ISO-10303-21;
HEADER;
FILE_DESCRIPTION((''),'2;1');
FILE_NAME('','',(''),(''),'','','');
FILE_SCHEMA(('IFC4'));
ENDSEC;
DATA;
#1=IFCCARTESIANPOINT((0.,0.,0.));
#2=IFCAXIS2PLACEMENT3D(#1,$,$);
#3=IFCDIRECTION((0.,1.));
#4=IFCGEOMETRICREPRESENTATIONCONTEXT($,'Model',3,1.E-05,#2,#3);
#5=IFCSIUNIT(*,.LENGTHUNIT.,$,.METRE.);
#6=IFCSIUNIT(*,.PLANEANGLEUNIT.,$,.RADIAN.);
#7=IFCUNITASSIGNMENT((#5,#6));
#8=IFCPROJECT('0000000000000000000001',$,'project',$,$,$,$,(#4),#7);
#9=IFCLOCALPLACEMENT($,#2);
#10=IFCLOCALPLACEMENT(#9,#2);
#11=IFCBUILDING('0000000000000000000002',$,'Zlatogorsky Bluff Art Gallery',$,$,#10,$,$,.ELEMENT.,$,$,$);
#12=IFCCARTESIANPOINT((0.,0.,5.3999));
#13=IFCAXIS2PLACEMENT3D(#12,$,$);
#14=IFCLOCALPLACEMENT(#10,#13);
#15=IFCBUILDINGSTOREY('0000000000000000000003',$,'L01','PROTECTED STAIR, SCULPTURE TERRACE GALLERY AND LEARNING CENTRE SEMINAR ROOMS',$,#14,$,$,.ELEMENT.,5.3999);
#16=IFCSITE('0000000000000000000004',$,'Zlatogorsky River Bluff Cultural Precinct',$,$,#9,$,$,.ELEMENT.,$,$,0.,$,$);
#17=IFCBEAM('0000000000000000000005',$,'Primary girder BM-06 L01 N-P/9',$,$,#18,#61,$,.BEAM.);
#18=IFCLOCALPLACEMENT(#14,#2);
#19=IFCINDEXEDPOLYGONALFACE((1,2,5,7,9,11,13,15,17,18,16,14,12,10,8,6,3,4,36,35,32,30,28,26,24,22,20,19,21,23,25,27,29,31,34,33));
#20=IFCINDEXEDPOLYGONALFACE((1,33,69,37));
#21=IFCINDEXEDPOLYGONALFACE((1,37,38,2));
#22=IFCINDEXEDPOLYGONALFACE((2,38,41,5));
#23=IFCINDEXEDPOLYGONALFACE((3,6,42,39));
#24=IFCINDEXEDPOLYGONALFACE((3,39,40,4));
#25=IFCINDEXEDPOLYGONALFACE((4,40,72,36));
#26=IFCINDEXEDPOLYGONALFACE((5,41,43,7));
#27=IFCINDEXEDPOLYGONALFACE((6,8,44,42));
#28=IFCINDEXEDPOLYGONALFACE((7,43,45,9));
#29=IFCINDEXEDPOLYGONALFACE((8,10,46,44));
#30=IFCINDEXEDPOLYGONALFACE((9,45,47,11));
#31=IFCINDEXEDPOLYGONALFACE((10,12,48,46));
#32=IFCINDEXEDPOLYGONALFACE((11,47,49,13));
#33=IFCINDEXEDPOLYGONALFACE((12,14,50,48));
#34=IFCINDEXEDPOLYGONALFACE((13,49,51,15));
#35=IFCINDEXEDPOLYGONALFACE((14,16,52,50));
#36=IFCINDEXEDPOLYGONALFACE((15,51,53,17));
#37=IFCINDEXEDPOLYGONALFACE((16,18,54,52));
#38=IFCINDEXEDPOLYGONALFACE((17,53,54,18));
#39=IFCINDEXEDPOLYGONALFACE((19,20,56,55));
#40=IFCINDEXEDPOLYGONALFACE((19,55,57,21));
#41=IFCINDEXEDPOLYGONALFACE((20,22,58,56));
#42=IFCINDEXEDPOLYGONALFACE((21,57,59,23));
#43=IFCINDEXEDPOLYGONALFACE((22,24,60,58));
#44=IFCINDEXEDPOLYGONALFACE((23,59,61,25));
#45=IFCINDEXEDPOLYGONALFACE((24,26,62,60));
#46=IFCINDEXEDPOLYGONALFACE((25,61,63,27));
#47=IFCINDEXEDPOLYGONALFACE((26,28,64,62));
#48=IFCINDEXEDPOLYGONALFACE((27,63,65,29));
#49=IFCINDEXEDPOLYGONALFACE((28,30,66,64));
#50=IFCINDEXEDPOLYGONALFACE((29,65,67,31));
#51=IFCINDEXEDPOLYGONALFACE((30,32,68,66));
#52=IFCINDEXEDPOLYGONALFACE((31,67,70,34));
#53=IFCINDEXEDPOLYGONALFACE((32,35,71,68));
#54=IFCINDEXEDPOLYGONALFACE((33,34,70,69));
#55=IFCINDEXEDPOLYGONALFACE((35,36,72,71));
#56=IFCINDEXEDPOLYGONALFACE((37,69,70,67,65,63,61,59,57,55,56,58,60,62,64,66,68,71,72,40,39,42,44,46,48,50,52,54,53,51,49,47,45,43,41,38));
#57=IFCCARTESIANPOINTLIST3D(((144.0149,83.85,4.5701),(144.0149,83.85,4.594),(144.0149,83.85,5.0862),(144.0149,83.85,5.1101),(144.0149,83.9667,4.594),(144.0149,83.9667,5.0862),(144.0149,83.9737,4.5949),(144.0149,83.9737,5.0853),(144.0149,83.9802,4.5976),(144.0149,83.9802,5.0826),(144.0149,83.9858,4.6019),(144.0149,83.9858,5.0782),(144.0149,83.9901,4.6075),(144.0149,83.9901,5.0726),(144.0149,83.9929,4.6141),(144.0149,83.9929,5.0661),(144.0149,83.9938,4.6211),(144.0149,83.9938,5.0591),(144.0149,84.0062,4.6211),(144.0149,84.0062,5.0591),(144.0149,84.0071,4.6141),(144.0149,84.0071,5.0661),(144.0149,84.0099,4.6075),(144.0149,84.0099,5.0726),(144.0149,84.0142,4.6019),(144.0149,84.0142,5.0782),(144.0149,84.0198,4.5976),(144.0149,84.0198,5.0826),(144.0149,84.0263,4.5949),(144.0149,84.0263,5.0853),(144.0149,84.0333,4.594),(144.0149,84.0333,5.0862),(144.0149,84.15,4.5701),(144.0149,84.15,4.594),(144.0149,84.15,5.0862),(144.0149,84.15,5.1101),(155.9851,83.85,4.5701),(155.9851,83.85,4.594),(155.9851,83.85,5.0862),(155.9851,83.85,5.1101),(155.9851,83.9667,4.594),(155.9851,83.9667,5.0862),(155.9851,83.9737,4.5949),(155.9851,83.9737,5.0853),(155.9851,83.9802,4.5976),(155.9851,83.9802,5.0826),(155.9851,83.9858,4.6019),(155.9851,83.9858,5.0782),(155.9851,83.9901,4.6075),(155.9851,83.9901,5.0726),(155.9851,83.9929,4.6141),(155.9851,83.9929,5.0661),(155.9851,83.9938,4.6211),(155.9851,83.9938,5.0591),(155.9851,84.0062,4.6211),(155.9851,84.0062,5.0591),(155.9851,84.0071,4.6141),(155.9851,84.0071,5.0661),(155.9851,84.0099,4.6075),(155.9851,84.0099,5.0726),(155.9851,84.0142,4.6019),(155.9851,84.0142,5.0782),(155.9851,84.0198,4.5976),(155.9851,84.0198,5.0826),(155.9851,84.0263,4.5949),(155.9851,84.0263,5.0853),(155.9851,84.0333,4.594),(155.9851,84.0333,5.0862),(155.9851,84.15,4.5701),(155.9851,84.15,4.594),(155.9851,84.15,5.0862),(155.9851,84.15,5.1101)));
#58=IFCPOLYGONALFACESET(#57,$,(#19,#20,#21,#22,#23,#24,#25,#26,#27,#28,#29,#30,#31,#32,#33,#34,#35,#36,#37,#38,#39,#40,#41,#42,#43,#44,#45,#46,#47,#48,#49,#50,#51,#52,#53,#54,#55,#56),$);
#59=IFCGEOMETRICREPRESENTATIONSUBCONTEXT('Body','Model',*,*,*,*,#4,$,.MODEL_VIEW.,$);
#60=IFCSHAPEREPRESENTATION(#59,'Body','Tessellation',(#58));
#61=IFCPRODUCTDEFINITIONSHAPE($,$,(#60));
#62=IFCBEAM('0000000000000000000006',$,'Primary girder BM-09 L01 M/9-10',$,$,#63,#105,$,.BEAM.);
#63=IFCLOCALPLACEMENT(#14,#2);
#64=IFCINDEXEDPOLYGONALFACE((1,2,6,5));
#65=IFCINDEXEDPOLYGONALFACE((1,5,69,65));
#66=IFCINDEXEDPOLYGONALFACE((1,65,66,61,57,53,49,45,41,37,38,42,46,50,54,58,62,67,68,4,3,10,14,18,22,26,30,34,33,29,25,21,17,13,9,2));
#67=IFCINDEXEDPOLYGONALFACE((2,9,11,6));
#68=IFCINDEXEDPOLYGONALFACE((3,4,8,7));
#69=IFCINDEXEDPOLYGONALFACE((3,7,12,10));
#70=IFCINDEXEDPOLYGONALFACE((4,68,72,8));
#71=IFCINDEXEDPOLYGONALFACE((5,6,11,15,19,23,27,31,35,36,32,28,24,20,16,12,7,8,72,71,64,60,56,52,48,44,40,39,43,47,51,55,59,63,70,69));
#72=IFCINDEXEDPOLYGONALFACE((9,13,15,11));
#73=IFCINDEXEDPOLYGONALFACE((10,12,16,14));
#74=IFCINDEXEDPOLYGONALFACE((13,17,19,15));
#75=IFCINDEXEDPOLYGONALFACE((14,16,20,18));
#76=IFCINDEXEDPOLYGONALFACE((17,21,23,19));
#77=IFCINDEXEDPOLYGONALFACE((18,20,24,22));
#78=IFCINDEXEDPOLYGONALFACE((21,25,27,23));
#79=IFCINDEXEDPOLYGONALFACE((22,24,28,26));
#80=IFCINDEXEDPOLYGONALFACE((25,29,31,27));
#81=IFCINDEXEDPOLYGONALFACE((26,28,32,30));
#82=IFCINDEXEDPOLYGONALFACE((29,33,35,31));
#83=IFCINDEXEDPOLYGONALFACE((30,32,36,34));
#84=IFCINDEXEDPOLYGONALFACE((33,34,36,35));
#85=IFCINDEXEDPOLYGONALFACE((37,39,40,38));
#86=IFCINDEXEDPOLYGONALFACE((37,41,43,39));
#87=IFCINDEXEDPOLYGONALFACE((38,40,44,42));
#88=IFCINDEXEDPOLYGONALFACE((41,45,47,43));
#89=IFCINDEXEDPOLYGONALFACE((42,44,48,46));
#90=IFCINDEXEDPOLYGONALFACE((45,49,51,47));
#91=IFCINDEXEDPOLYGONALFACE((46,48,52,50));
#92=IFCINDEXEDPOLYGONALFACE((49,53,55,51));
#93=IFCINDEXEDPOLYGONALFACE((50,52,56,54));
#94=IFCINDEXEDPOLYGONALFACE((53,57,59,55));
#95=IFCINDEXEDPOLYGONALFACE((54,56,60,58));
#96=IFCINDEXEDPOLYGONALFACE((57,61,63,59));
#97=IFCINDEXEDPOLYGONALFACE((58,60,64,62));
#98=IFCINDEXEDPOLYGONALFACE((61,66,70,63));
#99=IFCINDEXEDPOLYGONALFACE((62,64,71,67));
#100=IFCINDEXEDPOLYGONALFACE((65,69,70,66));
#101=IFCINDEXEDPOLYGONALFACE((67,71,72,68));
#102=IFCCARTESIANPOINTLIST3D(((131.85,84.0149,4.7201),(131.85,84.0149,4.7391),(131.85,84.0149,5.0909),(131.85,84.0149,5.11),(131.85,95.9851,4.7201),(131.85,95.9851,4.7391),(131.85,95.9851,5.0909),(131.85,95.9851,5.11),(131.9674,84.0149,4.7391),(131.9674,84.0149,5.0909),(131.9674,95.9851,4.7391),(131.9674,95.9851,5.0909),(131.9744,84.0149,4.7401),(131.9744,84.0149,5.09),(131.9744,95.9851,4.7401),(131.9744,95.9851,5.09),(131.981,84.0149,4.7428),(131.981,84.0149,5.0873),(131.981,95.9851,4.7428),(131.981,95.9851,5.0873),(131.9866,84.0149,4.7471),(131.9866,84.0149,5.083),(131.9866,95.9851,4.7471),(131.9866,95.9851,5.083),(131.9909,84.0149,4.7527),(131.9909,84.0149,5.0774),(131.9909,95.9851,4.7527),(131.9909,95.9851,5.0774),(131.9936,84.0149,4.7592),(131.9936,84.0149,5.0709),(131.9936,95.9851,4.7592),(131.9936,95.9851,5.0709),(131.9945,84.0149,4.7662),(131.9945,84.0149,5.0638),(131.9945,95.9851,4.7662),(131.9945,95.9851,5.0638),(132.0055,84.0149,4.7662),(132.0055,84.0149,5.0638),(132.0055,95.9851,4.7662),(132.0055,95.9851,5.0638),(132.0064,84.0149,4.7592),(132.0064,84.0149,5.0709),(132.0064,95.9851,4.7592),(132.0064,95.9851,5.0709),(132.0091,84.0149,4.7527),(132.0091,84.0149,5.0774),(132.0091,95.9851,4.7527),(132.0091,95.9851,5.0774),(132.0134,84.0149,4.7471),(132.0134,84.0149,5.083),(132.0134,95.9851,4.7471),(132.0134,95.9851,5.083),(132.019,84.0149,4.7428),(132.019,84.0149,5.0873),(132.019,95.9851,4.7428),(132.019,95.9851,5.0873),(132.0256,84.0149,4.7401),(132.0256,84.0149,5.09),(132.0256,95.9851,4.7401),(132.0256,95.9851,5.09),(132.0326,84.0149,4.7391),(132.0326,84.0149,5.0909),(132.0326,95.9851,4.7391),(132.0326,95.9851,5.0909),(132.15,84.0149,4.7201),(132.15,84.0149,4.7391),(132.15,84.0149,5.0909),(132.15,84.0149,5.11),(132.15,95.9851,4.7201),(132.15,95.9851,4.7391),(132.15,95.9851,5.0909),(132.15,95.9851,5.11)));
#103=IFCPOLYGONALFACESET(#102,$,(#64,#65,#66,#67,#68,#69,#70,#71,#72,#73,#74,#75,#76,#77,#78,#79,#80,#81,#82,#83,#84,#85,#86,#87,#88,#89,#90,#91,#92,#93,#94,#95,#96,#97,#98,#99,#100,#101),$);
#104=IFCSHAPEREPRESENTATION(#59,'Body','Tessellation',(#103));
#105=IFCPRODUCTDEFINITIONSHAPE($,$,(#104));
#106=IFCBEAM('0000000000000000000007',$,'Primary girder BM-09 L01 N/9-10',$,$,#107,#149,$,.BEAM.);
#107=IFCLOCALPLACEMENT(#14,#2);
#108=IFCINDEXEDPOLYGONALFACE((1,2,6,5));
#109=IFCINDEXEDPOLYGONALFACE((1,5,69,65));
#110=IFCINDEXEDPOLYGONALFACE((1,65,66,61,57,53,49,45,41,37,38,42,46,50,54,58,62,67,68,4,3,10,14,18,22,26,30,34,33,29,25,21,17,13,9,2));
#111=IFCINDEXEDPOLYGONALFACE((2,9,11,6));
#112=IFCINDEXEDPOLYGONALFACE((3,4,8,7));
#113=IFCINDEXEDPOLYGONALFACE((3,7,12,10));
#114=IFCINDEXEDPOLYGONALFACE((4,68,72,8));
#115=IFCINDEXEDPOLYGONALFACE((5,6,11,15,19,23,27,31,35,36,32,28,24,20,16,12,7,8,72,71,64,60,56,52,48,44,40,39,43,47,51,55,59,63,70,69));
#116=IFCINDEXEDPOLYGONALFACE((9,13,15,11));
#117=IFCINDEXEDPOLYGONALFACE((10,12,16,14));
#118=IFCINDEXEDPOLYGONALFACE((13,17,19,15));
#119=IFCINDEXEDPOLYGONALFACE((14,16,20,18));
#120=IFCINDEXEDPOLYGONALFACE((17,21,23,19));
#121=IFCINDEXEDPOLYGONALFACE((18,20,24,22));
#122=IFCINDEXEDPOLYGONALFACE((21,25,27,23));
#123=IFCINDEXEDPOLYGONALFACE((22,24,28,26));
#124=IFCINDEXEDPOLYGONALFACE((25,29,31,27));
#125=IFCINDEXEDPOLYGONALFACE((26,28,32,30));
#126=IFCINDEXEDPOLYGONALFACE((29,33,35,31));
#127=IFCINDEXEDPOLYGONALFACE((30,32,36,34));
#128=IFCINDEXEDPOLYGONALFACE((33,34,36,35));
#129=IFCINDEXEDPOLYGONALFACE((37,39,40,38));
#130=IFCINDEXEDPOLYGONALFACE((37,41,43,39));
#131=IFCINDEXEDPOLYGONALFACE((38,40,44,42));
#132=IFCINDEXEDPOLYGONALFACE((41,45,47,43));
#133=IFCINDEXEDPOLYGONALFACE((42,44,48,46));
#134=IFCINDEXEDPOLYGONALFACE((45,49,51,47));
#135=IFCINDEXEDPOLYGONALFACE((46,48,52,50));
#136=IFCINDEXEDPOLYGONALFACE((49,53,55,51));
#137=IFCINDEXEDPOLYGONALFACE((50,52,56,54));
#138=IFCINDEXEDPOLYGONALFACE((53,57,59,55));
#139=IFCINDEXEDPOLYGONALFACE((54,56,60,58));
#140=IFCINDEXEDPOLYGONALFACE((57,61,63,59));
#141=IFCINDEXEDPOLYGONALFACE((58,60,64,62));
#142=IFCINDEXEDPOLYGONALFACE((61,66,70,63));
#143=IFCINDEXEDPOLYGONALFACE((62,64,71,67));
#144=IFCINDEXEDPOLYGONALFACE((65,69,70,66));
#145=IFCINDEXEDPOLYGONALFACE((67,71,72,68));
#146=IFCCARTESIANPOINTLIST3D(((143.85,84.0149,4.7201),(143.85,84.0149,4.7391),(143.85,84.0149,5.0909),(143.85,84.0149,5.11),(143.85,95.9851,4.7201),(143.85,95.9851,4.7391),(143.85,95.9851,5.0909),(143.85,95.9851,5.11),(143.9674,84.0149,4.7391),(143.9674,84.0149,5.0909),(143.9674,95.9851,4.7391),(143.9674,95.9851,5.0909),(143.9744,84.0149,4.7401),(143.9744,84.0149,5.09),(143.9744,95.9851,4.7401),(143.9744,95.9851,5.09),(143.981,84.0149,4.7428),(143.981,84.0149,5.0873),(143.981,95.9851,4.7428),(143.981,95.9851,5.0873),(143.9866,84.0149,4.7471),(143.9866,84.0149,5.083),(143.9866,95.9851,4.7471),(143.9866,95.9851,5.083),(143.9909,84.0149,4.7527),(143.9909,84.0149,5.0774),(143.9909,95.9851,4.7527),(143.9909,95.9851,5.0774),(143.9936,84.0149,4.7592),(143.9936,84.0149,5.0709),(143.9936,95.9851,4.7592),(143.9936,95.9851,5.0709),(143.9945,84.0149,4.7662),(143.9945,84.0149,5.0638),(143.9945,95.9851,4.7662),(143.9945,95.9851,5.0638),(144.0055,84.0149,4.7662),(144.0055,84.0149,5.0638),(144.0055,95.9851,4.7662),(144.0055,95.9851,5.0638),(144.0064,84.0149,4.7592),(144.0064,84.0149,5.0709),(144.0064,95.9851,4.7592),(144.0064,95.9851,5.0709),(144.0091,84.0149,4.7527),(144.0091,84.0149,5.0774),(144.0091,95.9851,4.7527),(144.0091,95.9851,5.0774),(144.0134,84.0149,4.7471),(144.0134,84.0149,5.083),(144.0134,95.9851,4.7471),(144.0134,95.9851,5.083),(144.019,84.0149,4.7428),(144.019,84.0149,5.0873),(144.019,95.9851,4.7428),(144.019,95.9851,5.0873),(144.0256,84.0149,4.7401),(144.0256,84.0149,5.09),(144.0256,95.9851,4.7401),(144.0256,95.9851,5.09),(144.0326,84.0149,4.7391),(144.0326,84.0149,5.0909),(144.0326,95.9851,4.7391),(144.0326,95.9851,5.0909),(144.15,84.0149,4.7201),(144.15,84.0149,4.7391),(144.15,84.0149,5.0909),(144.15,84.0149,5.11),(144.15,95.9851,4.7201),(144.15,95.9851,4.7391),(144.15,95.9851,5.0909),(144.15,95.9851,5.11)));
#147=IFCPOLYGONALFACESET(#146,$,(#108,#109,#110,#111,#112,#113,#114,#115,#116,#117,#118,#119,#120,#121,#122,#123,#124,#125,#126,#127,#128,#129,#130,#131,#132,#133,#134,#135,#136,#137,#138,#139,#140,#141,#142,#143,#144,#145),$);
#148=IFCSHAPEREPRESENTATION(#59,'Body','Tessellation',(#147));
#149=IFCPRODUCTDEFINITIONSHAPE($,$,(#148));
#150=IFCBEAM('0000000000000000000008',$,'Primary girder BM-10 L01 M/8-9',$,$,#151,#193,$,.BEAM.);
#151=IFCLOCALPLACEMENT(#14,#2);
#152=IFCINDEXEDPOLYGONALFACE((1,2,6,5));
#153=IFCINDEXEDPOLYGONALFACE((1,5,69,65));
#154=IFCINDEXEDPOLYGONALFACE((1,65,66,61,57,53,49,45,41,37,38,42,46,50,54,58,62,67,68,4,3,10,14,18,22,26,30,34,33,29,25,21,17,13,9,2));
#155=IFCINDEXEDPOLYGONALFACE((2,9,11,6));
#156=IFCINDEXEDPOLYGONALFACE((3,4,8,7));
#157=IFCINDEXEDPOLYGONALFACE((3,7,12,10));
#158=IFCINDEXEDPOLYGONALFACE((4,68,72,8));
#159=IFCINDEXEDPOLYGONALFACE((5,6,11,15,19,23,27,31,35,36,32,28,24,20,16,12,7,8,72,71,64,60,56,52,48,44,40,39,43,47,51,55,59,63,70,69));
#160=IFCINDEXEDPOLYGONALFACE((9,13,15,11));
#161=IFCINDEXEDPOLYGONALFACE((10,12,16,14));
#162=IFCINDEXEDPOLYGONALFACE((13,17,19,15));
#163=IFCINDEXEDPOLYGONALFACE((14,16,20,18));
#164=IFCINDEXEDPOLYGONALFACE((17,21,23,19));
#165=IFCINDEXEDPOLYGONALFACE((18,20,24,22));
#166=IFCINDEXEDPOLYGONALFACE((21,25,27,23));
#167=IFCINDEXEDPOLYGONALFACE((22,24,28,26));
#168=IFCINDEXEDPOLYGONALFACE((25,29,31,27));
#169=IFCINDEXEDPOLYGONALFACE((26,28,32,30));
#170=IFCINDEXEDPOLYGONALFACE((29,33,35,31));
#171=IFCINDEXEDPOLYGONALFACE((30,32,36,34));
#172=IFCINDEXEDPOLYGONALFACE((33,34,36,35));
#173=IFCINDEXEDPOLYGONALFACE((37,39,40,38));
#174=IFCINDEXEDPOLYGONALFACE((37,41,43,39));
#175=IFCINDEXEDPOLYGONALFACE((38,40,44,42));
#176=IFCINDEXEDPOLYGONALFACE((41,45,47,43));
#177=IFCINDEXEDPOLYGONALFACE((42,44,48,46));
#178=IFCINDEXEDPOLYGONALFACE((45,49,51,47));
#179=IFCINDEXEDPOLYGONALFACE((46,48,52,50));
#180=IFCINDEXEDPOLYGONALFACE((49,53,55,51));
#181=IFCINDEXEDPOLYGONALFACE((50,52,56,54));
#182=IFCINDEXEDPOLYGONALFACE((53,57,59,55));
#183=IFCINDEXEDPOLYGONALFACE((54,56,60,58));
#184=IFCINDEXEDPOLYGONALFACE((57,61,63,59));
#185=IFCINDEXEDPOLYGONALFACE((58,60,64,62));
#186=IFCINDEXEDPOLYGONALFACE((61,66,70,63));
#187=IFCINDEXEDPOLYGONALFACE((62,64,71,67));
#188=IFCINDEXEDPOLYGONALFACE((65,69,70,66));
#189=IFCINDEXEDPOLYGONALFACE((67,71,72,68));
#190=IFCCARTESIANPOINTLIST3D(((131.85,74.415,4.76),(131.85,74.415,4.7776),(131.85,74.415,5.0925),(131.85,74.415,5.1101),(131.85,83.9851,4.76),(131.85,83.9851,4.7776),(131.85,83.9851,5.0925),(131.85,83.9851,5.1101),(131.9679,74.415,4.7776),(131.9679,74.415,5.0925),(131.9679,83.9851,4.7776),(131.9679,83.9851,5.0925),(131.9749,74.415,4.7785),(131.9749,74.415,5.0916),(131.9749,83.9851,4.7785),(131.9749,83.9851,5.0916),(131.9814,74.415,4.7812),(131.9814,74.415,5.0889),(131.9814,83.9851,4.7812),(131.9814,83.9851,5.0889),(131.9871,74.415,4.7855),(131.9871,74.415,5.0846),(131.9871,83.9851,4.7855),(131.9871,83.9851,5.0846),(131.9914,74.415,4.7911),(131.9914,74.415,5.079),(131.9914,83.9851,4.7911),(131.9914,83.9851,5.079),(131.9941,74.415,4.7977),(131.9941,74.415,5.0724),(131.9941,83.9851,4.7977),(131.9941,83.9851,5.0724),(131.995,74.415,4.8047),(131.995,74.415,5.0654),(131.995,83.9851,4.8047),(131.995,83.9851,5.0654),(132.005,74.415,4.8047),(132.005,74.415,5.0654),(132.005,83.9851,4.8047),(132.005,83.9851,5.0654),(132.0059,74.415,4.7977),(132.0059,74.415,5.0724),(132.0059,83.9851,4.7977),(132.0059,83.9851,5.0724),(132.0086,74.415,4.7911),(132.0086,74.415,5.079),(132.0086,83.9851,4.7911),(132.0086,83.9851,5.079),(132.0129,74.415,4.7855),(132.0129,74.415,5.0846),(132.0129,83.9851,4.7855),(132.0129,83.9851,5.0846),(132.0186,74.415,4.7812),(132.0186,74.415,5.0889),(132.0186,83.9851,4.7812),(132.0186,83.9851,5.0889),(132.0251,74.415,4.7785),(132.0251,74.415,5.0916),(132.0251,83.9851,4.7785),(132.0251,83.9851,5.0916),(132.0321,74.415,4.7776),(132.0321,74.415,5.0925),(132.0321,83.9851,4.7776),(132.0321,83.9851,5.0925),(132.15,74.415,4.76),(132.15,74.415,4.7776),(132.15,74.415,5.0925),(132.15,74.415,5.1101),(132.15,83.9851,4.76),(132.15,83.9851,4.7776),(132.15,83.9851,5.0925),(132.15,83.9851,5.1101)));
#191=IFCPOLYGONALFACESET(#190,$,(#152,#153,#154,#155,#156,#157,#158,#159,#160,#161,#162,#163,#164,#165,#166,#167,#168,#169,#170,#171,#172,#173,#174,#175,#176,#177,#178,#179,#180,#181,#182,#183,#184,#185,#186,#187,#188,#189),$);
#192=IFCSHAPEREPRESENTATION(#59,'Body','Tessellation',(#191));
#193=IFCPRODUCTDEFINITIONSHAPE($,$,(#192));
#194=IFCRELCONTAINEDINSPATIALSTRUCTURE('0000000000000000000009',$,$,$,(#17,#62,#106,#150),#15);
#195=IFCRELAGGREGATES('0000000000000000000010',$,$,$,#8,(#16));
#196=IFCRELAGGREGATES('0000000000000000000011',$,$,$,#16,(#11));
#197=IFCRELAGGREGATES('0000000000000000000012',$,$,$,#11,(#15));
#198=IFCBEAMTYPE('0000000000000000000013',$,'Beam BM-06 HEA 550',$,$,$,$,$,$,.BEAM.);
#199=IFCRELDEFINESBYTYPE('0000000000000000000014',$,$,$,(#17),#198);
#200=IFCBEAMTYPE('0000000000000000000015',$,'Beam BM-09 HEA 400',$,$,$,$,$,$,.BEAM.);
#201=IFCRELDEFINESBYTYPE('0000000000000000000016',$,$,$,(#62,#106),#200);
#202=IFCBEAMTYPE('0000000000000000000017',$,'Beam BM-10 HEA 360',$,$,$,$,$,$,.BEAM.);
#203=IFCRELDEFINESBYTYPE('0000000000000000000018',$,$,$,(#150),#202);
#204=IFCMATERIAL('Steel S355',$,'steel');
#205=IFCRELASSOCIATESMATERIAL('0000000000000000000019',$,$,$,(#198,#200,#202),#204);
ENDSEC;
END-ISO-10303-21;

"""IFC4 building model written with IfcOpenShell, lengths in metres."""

from ifc_helpers import new_model, si_unit, direction, frame, origin, origin_2d, place, context, subcontext, project, spatial, i_section, extrude, material, material_profile, profile_set, type_object, element, save


model = new_model("IFC4")

# Units and contexts
model_context = context("Model", 3, precision=1e-05, world=origin(), true_north=direction((0.0, 1.0)))
body_context = subcontext(model_context, "Body", "Model", "MODEL_VIEW")
ifc_project = project(units=[si_unit("LENGTHUNIT", "METRE"), si_unit("PLANEANGLEUNIT", "RADIAN")], contexts=[model_context])

# Site, building, storey
site_placement = place(None, origin())
site = spatial("IfcSite", under=ifc_project, at=site_placement, Name="Zlatogorsky River Bluff Cultural Precinct", CompositionType="ELEMENT", RefElevation=0.0)
building_placement = place(site_placement, origin())
building = spatial("IfcBuilding", under=site, at=building_placement, Name="Zlatogorsky Bluff Art Gallery", CompositionType="ELEMENT")
storey_placement = place(building_placement, frame((0.0, 0.0, 5.3999)))
storey = spatial("IfcBuildingStorey", under=building, at=storey_placement, Name="L01", Description="PROTECTED STAIR, SCULPTURE TERRACE GALLERY AND LEARNING CENTRE SEMINAR ROOMS", CompositionType="ELEMENT", Elevation=5.3999)

# Shared definitions
ifc_material_1 = material(Name="Steel S355", Category="steel")

# Beams
ifc_material_profile_1 = material_profile(ifc_material_1, i_section(OverallWidth=0.3, OverallDepth=0.54, WebThickness=0.0125, FlangeThickness=0.0239, FilletRadius=0.0271, at=origin_2d()), Name="HEA 550")
ifc_profile_set_1 = profile_set([ifc_material_profile_1], Name="Steel S355")
beam_type_1 = type_object("IfcBeamType", Name="Beam BM-06 HEA 550", PredefinedType="BEAM", material=ifc_profile_set_1)
for number, where, z_axis, x_axis, name in (
    (1, (144.0149, 84.0, 4.8401), (1.0, 0.0, 0.0), (0.0, 1.0, 0.0), "Primary girder BM-06 L01 N-P/9"),
):
    element("IfcBeam", number, at=place(storey_placement, frame(where, z_axis=z_axis, x_axis=x_axis)), inside=storey, type_object=beam_type_1, Name=name, PredefinedType="BEAM", context=body_context, shape_type="SweptSolid", body=[
        extrude(i_section(OverallWidth=0.3, OverallDepth=0.54, WebThickness=0.0125, FlangeThickness=0.0239, FilletRadius=0.0271, at=origin_2d()), origin(), (0.0, 0.0, 1.0), 11.9702),
    ])
ifc_material_profile_2 = material_profile(ifc_material_1, i_section(OverallWidth=0.3, OverallDepth=0.3899, WebThickness=0.011, FlangeThickness=0.019, FilletRadius=0.0271, at=origin_2d()), Name="HEA 400")
ifc_profile_set_2 = profile_set([ifc_material_profile_2], Name="Steel S355")
beam_type_2 = type_object("IfcBeamType", Name="Beam BM-09 HEA 400", PredefinedType="BEAM", material=ifc_profile_set_2)
for number, where, z_axis, x_axis, name in (
    (2, (132.0, 84.0149, 4.915), (0.0, 1.0, 0.0), (-1.0, 0.0, 0.0), "Primary girder BM-09 L01 M/9-10"),
    (3, (144.0, 84.0149, 4.915), (0.0, 1.0, 0.0), (-1.0, 0.0, 0.0), "Primary girder BM-09 L01 N/9-10"),
):
    element("IfcBeam", number, at=place(storey_placement, frame(where, z_axis=z_axis, x_axis=x_axis)), inside=storey, type_object=beam_type_2, Name=name, PredefinedType="BEAM", context=body_context, shape_type="SweptSolid", body=[
        extrude(i_section(OverallWidth=0.3, OverallDepth=0.3899, WebThickness=0.011, FlangeThickness=0.019, FilletRadius=0.0271, at=origin_2d()), origin(), (0.0, 0.0, 1.0), 11.9702),
    ])
ifc_material_profile_3 = material_profile(ifc_material_1, i_section(OverallWidth=0.3, OverallDepth=0.3501, WebThickness=0.01, FlangeThickness=0.0176, FilletRadius=0.0271, at=origin_2d()), Name="HEA 360")
ifc_profile_set_3 = profile_set([ifc_material_profile_3], Name="Steel S355")
beam_type_3 = type_object("IfcBeamType", Name="Beam BM-10 HEA 360", PredefinedType="BEAM", material=ifc_profile_set_3)
beam_placement = place(storey_placement, frame((132.0, 74.415, 4.9351), z_axis=(0.0, 1.0, 0.0), x_axis=(-1.0, 0.0, 0.0)))
element("IfcBeam", 4, at=beam_placement, inside=storey, type_object=beam_type_3, Name="Primary girder BM-10 L01 M/8-9", PredefinedType="BEAM", context=body_context, shape_type="SweptSolid", body=[
    extrude(i_section(OverallWidth=0.3, OverallDepth=0.3501, WebThickness=0.01, FlangeThickness=0.0176, FilletRadius=0.0271, at=origin_2d()), origin(), (0.0, 0.0, 1.0), 9.5701),
])

save(model, "model.ifc")
